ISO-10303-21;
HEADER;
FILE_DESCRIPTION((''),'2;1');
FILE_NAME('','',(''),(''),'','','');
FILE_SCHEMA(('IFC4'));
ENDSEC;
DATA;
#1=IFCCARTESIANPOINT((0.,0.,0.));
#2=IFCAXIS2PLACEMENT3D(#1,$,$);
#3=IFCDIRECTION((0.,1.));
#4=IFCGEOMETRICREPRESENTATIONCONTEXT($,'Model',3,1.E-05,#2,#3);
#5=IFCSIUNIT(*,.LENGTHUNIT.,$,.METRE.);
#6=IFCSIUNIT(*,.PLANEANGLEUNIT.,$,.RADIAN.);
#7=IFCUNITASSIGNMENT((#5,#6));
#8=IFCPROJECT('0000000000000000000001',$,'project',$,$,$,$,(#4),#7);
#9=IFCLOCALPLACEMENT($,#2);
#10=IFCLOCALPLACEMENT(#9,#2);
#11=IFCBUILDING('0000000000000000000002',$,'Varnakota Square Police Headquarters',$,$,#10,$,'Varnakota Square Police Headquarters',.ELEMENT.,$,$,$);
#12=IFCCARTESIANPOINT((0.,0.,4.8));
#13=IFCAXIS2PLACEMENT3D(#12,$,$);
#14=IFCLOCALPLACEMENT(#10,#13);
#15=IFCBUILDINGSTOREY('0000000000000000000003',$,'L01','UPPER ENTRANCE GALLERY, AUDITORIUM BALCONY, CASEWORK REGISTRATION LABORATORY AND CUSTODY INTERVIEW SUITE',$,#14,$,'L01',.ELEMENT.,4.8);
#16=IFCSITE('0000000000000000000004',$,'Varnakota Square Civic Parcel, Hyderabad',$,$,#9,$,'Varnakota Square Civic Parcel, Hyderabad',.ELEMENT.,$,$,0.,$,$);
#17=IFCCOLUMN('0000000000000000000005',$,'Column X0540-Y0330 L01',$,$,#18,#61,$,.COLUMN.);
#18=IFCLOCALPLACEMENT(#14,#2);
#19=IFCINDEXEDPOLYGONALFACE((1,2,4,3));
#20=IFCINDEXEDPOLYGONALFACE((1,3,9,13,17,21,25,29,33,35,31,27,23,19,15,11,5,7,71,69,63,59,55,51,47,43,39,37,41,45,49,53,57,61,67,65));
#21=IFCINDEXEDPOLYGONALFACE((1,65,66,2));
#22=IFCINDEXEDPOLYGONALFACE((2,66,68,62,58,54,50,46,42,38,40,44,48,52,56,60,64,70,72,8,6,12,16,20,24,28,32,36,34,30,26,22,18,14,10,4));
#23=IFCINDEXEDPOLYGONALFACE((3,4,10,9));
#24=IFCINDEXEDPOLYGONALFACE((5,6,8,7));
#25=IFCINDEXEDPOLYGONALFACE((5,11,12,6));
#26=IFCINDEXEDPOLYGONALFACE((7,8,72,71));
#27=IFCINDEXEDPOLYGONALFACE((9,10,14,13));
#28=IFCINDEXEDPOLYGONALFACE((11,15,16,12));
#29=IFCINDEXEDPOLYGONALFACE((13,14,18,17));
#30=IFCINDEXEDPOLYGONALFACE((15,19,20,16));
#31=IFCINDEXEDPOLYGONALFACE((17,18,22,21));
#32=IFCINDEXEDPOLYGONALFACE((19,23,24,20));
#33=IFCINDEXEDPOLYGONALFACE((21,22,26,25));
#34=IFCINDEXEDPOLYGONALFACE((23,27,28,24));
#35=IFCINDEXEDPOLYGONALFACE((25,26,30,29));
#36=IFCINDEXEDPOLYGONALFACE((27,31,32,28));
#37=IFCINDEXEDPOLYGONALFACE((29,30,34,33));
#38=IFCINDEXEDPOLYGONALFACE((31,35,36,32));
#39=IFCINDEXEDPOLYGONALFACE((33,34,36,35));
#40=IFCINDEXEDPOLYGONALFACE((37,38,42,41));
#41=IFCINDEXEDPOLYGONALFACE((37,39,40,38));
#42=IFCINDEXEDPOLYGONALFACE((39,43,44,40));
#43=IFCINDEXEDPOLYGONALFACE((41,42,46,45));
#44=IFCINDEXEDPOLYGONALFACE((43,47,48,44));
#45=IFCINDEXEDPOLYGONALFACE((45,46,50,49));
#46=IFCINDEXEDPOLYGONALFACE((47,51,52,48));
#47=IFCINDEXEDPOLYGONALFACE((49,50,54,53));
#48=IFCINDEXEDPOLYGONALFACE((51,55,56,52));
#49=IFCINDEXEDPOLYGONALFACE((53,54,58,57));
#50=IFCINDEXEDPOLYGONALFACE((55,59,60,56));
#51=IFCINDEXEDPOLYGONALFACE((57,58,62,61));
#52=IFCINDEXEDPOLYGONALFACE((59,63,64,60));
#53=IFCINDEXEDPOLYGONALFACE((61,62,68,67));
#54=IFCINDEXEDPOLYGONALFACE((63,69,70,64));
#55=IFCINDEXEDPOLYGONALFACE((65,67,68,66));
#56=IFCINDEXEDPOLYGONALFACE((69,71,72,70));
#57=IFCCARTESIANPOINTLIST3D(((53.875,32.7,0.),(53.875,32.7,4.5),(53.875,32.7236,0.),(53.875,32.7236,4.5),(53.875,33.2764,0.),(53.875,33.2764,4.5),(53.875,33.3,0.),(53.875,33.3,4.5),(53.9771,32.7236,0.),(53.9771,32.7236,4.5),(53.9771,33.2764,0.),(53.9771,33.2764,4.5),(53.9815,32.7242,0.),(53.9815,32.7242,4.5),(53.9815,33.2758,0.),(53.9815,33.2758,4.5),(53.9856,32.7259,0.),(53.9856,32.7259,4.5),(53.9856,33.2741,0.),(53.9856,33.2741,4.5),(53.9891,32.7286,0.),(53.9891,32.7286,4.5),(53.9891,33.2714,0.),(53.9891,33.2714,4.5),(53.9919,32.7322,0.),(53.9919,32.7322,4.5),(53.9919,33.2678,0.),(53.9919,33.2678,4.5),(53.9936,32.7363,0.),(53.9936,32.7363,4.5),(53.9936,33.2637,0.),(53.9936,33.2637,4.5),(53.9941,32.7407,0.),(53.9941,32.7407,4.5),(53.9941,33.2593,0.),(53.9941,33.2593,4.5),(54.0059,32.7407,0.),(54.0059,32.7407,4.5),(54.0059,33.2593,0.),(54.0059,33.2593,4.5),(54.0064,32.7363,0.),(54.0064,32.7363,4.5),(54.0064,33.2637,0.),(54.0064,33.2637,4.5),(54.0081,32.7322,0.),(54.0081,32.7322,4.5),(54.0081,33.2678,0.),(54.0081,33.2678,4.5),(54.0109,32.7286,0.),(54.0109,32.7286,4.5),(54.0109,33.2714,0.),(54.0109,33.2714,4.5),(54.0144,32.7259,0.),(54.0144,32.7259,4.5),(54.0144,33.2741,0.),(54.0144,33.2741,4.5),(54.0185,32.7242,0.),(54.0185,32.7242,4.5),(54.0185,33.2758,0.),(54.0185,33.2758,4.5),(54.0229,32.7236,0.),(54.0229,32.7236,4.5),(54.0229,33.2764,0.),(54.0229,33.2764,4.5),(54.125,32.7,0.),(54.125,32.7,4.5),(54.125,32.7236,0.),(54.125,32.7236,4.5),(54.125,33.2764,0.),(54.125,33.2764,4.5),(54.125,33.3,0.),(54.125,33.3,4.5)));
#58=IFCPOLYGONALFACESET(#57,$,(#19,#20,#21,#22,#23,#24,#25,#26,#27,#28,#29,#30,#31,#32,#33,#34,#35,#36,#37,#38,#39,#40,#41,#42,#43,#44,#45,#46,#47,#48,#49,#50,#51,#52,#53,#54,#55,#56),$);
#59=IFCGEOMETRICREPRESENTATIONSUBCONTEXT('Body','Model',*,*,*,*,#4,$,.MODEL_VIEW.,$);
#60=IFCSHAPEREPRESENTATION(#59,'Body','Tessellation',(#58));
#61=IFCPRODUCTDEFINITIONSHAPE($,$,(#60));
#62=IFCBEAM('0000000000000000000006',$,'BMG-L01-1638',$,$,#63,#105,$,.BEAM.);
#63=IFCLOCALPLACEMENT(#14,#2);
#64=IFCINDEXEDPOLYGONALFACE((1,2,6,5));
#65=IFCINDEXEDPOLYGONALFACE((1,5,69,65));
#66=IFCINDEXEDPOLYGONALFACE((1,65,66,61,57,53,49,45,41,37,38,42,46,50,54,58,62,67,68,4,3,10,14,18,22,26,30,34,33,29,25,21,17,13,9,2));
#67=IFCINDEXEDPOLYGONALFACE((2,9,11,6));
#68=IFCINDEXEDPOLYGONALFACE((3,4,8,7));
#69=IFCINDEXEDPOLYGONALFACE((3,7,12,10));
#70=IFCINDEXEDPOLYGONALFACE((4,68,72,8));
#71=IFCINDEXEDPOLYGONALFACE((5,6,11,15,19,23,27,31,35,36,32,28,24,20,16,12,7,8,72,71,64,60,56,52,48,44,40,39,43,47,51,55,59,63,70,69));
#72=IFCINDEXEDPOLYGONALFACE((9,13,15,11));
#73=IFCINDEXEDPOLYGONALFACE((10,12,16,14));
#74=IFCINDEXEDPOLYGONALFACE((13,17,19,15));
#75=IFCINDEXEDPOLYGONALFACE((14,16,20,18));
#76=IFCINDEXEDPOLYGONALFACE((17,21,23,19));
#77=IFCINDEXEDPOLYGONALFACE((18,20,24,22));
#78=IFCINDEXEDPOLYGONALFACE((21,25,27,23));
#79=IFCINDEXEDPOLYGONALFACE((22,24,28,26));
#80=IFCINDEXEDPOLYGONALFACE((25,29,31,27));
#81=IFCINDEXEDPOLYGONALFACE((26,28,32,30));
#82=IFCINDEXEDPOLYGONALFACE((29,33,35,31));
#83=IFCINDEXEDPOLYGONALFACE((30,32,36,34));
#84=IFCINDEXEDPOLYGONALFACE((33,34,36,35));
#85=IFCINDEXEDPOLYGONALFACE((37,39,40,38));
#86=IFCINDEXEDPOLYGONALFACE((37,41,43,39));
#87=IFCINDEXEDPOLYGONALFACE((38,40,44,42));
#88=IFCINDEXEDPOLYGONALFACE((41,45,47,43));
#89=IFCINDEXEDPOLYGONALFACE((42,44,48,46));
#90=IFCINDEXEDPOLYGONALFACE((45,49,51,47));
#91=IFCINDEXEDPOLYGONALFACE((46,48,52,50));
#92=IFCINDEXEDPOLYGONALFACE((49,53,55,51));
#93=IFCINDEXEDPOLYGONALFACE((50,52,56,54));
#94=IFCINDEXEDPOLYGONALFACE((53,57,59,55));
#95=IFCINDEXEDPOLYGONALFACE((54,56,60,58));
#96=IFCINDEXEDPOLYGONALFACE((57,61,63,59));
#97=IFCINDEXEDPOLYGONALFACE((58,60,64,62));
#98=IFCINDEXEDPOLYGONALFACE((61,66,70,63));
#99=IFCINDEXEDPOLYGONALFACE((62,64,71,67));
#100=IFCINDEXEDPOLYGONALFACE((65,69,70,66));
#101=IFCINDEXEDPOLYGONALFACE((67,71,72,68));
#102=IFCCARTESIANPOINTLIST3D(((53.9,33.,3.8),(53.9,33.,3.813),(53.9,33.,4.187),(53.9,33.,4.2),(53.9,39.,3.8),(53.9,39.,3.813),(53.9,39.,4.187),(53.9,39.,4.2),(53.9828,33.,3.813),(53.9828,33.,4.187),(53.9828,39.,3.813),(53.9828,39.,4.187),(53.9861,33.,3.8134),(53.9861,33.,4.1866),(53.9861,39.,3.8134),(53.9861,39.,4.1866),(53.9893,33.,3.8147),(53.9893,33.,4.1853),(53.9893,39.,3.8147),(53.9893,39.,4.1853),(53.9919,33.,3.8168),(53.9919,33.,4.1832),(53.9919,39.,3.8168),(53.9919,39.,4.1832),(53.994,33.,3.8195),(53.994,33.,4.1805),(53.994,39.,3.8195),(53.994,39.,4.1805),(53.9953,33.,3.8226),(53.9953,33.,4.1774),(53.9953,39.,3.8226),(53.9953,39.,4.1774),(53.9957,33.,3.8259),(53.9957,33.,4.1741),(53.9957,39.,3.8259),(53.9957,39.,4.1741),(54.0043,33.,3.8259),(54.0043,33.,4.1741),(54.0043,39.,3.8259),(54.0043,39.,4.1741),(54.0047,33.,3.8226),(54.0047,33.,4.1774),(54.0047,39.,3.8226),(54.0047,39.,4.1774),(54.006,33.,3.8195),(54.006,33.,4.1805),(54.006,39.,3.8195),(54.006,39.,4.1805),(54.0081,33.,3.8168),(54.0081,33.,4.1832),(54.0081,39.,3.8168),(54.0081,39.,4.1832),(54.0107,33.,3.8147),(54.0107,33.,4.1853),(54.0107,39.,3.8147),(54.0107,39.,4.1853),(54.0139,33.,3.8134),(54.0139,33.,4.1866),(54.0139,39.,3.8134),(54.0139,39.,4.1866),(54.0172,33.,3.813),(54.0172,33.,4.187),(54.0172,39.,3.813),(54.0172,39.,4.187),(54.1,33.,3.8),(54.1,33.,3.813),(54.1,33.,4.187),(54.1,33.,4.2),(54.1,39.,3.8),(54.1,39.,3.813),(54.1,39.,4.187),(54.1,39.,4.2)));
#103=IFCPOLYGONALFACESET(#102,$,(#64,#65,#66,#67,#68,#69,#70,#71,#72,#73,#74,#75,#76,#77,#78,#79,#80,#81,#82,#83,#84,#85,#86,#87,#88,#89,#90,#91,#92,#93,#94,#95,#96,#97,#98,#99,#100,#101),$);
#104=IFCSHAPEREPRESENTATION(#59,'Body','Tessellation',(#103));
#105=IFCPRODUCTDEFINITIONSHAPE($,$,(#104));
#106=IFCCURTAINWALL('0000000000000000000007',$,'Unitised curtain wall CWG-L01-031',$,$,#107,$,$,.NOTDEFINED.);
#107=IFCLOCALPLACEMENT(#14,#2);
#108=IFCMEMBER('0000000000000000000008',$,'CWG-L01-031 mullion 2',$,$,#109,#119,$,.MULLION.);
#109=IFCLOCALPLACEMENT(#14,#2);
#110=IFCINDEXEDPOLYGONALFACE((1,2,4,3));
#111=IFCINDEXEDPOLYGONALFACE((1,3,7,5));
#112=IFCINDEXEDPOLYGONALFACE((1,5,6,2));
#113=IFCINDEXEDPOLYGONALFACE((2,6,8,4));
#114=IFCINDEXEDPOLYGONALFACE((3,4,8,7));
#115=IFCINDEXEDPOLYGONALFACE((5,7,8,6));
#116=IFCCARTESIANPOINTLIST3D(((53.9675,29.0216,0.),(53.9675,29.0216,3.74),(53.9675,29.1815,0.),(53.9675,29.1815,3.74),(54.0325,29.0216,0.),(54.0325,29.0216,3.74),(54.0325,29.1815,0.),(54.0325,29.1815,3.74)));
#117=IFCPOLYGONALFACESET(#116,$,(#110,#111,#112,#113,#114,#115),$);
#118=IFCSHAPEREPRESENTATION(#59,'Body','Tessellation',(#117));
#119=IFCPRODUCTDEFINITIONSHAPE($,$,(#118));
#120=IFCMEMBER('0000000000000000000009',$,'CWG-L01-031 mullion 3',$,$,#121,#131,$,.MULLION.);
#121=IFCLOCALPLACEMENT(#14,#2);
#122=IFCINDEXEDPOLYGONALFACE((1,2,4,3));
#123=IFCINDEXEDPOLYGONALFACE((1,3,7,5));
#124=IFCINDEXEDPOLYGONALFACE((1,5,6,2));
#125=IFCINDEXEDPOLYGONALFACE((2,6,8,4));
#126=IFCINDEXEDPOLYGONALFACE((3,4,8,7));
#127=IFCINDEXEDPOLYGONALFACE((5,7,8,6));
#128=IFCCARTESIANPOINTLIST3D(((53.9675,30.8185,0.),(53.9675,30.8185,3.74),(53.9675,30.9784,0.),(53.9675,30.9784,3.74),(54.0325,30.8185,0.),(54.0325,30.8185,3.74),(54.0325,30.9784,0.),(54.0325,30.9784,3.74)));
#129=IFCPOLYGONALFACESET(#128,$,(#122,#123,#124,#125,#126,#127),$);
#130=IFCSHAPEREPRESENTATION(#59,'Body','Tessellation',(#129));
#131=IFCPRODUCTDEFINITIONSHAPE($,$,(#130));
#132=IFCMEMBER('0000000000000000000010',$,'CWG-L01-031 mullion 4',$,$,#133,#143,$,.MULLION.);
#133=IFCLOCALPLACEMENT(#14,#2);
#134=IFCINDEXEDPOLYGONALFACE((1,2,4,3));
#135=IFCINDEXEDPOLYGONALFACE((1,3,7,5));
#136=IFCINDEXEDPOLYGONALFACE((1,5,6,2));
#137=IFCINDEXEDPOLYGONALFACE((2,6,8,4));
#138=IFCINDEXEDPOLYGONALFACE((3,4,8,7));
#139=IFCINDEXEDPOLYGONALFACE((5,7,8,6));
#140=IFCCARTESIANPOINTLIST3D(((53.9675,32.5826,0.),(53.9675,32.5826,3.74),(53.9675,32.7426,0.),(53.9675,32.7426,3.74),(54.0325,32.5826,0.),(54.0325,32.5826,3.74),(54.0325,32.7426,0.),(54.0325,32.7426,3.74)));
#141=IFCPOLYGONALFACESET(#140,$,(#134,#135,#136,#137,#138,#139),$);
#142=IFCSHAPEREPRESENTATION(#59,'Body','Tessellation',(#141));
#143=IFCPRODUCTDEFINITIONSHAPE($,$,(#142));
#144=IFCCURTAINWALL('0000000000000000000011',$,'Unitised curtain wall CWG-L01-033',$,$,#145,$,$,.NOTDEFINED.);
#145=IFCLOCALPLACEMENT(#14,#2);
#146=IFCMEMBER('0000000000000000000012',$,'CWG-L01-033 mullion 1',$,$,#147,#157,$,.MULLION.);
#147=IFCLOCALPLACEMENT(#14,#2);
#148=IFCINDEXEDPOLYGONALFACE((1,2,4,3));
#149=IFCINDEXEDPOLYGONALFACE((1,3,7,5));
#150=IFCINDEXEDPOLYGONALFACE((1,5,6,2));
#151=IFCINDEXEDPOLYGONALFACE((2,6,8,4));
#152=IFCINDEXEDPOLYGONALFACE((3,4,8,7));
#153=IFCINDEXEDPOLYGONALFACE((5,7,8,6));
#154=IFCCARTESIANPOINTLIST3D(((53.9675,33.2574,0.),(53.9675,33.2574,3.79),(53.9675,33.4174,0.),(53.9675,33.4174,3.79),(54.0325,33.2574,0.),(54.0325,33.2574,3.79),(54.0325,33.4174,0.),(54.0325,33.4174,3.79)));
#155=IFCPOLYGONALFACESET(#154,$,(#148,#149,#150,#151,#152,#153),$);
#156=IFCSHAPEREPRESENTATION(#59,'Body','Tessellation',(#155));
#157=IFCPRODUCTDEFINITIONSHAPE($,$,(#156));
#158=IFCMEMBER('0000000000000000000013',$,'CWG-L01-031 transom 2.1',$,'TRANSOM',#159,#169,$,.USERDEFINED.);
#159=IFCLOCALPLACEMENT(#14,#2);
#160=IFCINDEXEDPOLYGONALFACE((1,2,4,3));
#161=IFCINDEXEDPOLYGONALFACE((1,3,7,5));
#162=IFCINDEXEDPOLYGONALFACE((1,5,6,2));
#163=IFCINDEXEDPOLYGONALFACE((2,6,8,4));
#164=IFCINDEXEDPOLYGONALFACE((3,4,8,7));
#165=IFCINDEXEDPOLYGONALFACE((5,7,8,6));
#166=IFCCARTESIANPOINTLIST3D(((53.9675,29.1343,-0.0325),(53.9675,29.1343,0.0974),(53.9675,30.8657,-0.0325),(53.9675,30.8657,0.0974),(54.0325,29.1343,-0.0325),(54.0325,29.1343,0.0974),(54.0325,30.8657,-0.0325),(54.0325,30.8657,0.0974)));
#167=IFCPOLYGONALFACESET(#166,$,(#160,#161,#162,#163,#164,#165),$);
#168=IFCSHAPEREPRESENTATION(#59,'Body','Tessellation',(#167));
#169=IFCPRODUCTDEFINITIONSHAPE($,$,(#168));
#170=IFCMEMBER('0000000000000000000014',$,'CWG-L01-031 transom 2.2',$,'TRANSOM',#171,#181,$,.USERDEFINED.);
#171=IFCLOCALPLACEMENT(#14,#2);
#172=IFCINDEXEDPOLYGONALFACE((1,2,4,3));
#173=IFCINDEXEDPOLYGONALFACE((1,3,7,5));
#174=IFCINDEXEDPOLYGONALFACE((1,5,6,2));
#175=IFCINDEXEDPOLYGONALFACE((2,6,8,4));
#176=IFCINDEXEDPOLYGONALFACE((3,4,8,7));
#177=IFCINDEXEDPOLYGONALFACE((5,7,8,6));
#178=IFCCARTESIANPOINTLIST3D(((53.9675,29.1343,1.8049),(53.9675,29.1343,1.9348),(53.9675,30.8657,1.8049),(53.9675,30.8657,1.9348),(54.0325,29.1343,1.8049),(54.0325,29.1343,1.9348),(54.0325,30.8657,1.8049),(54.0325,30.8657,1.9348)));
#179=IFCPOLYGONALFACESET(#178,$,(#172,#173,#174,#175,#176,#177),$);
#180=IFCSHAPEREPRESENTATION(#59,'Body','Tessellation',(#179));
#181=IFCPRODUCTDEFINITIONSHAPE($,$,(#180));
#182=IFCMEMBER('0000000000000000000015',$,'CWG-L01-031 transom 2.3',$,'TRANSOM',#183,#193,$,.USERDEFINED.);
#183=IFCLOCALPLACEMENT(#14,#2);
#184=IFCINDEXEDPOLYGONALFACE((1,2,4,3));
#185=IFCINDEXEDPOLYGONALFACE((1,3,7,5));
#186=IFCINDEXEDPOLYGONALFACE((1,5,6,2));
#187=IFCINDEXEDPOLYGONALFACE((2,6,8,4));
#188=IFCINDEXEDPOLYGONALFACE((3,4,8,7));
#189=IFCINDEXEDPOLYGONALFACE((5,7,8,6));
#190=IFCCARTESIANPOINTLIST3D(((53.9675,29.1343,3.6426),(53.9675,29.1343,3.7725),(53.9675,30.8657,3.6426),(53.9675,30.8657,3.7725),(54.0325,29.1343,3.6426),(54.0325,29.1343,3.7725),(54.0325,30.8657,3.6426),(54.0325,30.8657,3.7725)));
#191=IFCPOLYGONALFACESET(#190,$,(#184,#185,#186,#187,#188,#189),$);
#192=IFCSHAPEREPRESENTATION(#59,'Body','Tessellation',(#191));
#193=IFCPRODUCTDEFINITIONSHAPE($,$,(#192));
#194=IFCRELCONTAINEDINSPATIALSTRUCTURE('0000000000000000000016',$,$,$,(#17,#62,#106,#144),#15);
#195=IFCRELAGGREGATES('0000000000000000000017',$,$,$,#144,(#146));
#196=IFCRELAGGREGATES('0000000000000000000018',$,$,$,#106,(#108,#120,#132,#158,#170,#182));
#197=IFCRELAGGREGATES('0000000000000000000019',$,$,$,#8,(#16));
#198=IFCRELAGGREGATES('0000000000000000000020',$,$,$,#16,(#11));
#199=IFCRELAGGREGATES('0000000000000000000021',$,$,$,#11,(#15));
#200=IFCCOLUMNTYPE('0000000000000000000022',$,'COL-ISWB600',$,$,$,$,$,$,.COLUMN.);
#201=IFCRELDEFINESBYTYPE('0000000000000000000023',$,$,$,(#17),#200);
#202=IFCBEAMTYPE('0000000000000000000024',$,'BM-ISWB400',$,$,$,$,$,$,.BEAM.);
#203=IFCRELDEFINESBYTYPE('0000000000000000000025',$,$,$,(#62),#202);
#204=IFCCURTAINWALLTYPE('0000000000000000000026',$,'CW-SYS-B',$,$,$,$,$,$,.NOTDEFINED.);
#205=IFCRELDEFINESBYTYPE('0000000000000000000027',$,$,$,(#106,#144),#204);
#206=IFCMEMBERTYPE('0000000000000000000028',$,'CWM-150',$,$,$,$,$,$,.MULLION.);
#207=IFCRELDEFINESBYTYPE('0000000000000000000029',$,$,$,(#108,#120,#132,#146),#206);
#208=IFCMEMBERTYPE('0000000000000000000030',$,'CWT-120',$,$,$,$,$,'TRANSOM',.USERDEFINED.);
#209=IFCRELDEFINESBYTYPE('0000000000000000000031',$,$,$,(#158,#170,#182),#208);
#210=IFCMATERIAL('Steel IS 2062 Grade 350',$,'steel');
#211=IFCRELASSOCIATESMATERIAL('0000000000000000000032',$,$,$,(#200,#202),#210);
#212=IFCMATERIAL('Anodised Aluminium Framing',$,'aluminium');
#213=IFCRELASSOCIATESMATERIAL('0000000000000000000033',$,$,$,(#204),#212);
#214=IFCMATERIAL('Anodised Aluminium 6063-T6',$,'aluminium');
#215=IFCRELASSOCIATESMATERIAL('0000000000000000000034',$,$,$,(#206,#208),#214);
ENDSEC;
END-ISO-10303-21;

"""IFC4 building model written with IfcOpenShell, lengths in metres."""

from ifc_helpers import new_model, si_unit, direction, frame, origin, origin_2d, place, context, subcontext, project, spatial, rectangle, i_section, extrude, material, material_profile, profile_set, type_object, element, aggregate, save


model = new_model("IFC4")

# Units and contexts
model_context = context("Model", 3, precision=1e-05, world=origin(), true_north=direction((0.0, 1.0)))
body_context = subcontext(model_context, "Body", "Model", "MODEL_VIEW")
ifc_project = project(units=[si_unit("LENGTHUNIT", "METRE"), si_unit("PLANEANGLEUNIT", "RADIAN")], contexts=[model_context])

# Site, building, storey
site_placement = place(None, origin())
site = spatial("IfcSite", under=ifc_project, at=site_placement, Name="Varnakota Square Civic Parcel, Hyderabad", LongName="Varnakota Square Civic Parcel, Hyderabad", CompositionType="ELEMENT", RefElevation=0.0)
building_placement = place(site_placement, origin())
building = spatial("IfcBuilding", under=site, at=building_placement, Name="Varnakota Square Police Headquarters", LongName="Varnakota Square Police Headquarters", CompositionType="ELEMENT")
storey_placement = place(building_placement, frame((0.0, 0.0, 4.8)))
storey = spatial("IfcBuildingStorey", under=building, at=storey_placement, Name="L01", Description="UPPER ENTRANCE GALLERY, AUDITORIUM BALCONY, CASEWORK REGISTRATION LABORATORY AND CUSTODY INTERVIEW SUITE", LongName="L01", CompositionType="ELEMENT", Elevation=4.8)

# Column
ifc_material_1 = material(Name="Steel IS 2062 Grade 350", Category="steel")
ifc_material_profile_1 = material_profile(ifc_material_1, i_section(OverallWidth=0.25, OverallDepth=0.6001, WebThickness=0.0117, FlangeThickness=0.0237, FilletRadius=0.0171, at=origin_2d()), Name="ISWB 600")
ifc_profile_set_1 = profile_set([ifc_material_profile_1], Name="Steel IS 2062 Grade 350")
column_type = type_object("IfcColumnType", Name="COL-ISWB600", PredefinedType="COLUMN", material=ifc_profile_set_1)
column_placement = place(storey_placement, frame((54.0, 33.0, 0.0), z_axis=(0.0, 0.0, 1.0), x_axis=(1.0, 0.0, 0.0)))
element("IfcColumn", 1, at=column_placement, inside=storey, type_object=column_type, Name="Column X0540-Y0330 L01", PredefinedType="COLUMN", context=body_context, shape_type="SweptSolid", body=[
    extrude(i_section(OverallWidth=0.25, OverallDepth=0.6001, WebThickness=0.0117, FlangeThickness=0.0237, FilletRadius=0.0171, at=origin_2d()), origin(), (0.0, 0.0, 1.0), 4.5),
])

# Beam
ifc_material_profile_2 = material_profile(ifc_material_1, i_section(OverallWidth=0.2, OverallDepth=0.3999, WebThickness=0.0085, FlangeThickness=0.0129, FilletRadius=0.0129, at=origin_2d()), Name="ISWB 400")
ifc_profile_set_2 = profile_set([ifc_material_profile_2], Name="Steel IS 2062 Grade 350")
beam_type = type_object("IfcBeamType", Name="BM-ISWB400", PredefinedType="BEAM", material=ifc_profile_set_2)
beam_placement = place(storey_placement, frame((54.0, 33.0, 4.0), z_axis=(0.0, 1.0, 0.0), x_axis=(-1.0, 0.0, 0.0)))
element("IfcBeam", 2, at=beam_placement, inside=storey, type_object=beam_type, Name="BMG-L01-1638", PredefinedType="BEAM", context=body_context, shape_type="SweptSolid", body=[
    extrude(i_section(OverallWidth=0.2, OverallDepth=0.3999, WebThickness=0.0085, FlangeThickness=0.0129, FilletRadius=0.0129, at=origin_2d()), origin(), (0.0, 0.0, 1.0), 6.0),
])

# Curtain wall, members
ifc_material_2 = material(Name="Anodised Aluminium Framing", Category="aluminium")
curtain_wall_type = type_object("IfcCurtainWallType", Name="CW-SYS-B", PredefinedType="NOTDEFINED", material=ifc_material_2)
curtain_wall_1_placement = place(storey_placement, origin())
curtain_wall_1 = element("IfcCurtainWall", 3, at=curtain_wall_1_placement, inside=storey, type_object=curtain_wall_type, Name="Unitised curtain wall CWG-L01-031", PredefinedType="NOTDEFINED")
ifc_material_3 = material(Name="Anodised Aluminium 6063-T6", Category="aluminium")
ifc_material_profile_3 = material_profile(ifc_material_3, rectangle(XDim=0.0649, YDim=0.1599, at=origin_2d()), Name="ALU MULLION 65x160")
ifc_profile_set_3 = profile_set([ifc_material_profile_3], Name="Anodised Aluminium 6063-T6")
member_type_1 = type_object("IfcMemberType", Name="CWM-150", PredefinedType="MULLION", material=ifc_profile_set_3)
member_1_placement = place(storey_placement, frame((54.0, 29.1016, 0.0), z_axis=(0.0, 0.0, 1.0), x_axis=(-1.0, 0.0, 0.0)))
member_1 = element("IfcMember", 4, at=member_1_placement, type_object=member_type_1, Name="CWG-L01-031 mullion 2", PredefinedType="MULLION", context=body_context, shape_type="SweptSolid", body=[
    extrude(rectangle(XDim=0.0649, YDim=0.1599, at=origin_2d()), origin(), (0.0, 0.0, 1.0), 3.74),
])
member_2_placement = place(storey_placement, frame((54.0, 30.8984, 0.0), z_axis=(0.0, 0.0, 1.0), x_axis=(-1.0, 0.0, 0.0)))
member_2 = element("IfcMember", 5, at=member_2_placement, type_object=member_type_1, Name="CWG-L01-031 mullion 3", PredefinedType="MULLION", context=body_context, shape_type="SweptSolid", body=[
    extrude(rectangle(XDim=0.0649, YDim=0.1599, at=origin_2d()), origin(), (0.0, 0.0, 1.0), 3.74),
])
member_3_placement = place(storey_placement, frame((54.0, 32.6626, 0.0), z_axis=(0.0, 0.0, 1.0), x_axis=(-1.0, 0.0, 0.0)))
member_3 = element("IfcMember", 6, at=member_3_placement, type_object=member_type_1, Name="CWG-L01-031 mullion 4", PredefinedType="MULLION", context=body_context, shape_type="SweptSolid", body=[
    extrude(rectangle(XDim=0.0649, YDim=0.1599, at=origin_2d()), origin(), (0.0, 0.0, 1.0), 3.74),
])

# Curtain wall, member
curtain_wall_2_placement = place(storey_placement, origin())
curtain_wall_2 = element("IfcCurtainWall", 7, at=curtain_wall_2_placement, inside=storey, type_object=curtain_wall_type, Name="Unitised curtain wall CWG-L01-033", PredefinedType="NOTDEFINED")
member_4_placement = place(storey_placement, frame((54.0, 33.3374, 0.0), z_axis=(0.0, 0.0, 1.0), x_axis=(-1.0, 0.0, 0.0)))
member_4 = element("IfcMember", 8, at=member_4_placement, type_object=member_type_1, Name="CWG-L01-033 mullion 1", PredefinedType="MULLION", context=body_context, shape_type="SweptSolid", body=[
    extrude(rectangle(XDim=0.0649, YDim=0.1599, at=origin_2d()), origin(), (0.0, 0.0, 1.0), 3.79),
])

# Members
ifc_material_profile_4 = material_profile(ifc_material_3, rectangle(XDim=0.0649, YDim=0.1299, at=origin_2d()), Name="ALU TRANSOM 65x130")
ifc_profile_set_4 = profile_set([ifc_material_profile_4], Name="Anodised Aluminium 6063-T6")
member_type_2 = type_object("IfcMemberType", Name="CWT-120", ElementType="TRANSOM", PredefinedType="USERDEFINED", material=ifc_profile_set_4)
member_5_placement = place(storey_placement, frame((54.0, 29.1343, 0.0325), z_axis=(0.0, 1.0, 0.0), x_axis=(-1.0, 0.0, 0.0)))
member_5 = element("IfcMember", 9, at=member_5_placement, type_object=member_type_2, Name="CWG-L01-031 transom 2.1", ObjectType="TRANSOM", PredefinedType="USERDEFINED", context=body_context, shape_type="SweptSolid", body=[
    extrude(rectangle(XDim=0.0649, YDim=0.1299, at=origin_2d()), origin(), (0.0, 0.0, 1.0), 1.7314),
])
member_6_placement = place(storey_placement, frame((54.0, 29.1343, 1.8699), z_axis=(0.0, 1.0, 0.0), x_axis=(-1.0, 0.0, 0.0)))
member_6 = element("IfcMember", 10, at=member_6_placement, type_object=member_type_2, Name="CWG-L01-031 transom 2.2", ObjectType="TRANSOM", PredefinedType="USERDEFINED", context=body_context, shape_type="SweptSolid", body=[
    extrude(rectangle(XDim=0.0649, YDim=0.1299, at=origin_2d()), origin(), (0.0, 0.0, 1.0), 1.7314),
])
member_7_placement = place(storey_placement, frame((54.0, 29.1343, 3.7075), z_axis=(0.0, 1.0, 0.0), x_axis=(-1.0, 0.0, 0.0)))
member_7 = element("IfcMember", 11, at=member_7_placement, type_object=member_type_2, Name="CWG-L01-031 transom 2.3", ObjectType="TRANSOM", PredefinedType="USERDEFINED", context=body_context, shape_type="SweptSolid", body=[
    extrude(rectangle(XDim=0.0649, YDim=0.1299, at=origin_2d()), origin(), (0.0, 0.0, 1.0), 1.7314),
])

aggregate(curtain_wall_2, [member_4])
aggregate(curtain_wall_1, [member_1, member_2, member_3, member_5, member_6, member_7])

save(model, "model.ifc")
